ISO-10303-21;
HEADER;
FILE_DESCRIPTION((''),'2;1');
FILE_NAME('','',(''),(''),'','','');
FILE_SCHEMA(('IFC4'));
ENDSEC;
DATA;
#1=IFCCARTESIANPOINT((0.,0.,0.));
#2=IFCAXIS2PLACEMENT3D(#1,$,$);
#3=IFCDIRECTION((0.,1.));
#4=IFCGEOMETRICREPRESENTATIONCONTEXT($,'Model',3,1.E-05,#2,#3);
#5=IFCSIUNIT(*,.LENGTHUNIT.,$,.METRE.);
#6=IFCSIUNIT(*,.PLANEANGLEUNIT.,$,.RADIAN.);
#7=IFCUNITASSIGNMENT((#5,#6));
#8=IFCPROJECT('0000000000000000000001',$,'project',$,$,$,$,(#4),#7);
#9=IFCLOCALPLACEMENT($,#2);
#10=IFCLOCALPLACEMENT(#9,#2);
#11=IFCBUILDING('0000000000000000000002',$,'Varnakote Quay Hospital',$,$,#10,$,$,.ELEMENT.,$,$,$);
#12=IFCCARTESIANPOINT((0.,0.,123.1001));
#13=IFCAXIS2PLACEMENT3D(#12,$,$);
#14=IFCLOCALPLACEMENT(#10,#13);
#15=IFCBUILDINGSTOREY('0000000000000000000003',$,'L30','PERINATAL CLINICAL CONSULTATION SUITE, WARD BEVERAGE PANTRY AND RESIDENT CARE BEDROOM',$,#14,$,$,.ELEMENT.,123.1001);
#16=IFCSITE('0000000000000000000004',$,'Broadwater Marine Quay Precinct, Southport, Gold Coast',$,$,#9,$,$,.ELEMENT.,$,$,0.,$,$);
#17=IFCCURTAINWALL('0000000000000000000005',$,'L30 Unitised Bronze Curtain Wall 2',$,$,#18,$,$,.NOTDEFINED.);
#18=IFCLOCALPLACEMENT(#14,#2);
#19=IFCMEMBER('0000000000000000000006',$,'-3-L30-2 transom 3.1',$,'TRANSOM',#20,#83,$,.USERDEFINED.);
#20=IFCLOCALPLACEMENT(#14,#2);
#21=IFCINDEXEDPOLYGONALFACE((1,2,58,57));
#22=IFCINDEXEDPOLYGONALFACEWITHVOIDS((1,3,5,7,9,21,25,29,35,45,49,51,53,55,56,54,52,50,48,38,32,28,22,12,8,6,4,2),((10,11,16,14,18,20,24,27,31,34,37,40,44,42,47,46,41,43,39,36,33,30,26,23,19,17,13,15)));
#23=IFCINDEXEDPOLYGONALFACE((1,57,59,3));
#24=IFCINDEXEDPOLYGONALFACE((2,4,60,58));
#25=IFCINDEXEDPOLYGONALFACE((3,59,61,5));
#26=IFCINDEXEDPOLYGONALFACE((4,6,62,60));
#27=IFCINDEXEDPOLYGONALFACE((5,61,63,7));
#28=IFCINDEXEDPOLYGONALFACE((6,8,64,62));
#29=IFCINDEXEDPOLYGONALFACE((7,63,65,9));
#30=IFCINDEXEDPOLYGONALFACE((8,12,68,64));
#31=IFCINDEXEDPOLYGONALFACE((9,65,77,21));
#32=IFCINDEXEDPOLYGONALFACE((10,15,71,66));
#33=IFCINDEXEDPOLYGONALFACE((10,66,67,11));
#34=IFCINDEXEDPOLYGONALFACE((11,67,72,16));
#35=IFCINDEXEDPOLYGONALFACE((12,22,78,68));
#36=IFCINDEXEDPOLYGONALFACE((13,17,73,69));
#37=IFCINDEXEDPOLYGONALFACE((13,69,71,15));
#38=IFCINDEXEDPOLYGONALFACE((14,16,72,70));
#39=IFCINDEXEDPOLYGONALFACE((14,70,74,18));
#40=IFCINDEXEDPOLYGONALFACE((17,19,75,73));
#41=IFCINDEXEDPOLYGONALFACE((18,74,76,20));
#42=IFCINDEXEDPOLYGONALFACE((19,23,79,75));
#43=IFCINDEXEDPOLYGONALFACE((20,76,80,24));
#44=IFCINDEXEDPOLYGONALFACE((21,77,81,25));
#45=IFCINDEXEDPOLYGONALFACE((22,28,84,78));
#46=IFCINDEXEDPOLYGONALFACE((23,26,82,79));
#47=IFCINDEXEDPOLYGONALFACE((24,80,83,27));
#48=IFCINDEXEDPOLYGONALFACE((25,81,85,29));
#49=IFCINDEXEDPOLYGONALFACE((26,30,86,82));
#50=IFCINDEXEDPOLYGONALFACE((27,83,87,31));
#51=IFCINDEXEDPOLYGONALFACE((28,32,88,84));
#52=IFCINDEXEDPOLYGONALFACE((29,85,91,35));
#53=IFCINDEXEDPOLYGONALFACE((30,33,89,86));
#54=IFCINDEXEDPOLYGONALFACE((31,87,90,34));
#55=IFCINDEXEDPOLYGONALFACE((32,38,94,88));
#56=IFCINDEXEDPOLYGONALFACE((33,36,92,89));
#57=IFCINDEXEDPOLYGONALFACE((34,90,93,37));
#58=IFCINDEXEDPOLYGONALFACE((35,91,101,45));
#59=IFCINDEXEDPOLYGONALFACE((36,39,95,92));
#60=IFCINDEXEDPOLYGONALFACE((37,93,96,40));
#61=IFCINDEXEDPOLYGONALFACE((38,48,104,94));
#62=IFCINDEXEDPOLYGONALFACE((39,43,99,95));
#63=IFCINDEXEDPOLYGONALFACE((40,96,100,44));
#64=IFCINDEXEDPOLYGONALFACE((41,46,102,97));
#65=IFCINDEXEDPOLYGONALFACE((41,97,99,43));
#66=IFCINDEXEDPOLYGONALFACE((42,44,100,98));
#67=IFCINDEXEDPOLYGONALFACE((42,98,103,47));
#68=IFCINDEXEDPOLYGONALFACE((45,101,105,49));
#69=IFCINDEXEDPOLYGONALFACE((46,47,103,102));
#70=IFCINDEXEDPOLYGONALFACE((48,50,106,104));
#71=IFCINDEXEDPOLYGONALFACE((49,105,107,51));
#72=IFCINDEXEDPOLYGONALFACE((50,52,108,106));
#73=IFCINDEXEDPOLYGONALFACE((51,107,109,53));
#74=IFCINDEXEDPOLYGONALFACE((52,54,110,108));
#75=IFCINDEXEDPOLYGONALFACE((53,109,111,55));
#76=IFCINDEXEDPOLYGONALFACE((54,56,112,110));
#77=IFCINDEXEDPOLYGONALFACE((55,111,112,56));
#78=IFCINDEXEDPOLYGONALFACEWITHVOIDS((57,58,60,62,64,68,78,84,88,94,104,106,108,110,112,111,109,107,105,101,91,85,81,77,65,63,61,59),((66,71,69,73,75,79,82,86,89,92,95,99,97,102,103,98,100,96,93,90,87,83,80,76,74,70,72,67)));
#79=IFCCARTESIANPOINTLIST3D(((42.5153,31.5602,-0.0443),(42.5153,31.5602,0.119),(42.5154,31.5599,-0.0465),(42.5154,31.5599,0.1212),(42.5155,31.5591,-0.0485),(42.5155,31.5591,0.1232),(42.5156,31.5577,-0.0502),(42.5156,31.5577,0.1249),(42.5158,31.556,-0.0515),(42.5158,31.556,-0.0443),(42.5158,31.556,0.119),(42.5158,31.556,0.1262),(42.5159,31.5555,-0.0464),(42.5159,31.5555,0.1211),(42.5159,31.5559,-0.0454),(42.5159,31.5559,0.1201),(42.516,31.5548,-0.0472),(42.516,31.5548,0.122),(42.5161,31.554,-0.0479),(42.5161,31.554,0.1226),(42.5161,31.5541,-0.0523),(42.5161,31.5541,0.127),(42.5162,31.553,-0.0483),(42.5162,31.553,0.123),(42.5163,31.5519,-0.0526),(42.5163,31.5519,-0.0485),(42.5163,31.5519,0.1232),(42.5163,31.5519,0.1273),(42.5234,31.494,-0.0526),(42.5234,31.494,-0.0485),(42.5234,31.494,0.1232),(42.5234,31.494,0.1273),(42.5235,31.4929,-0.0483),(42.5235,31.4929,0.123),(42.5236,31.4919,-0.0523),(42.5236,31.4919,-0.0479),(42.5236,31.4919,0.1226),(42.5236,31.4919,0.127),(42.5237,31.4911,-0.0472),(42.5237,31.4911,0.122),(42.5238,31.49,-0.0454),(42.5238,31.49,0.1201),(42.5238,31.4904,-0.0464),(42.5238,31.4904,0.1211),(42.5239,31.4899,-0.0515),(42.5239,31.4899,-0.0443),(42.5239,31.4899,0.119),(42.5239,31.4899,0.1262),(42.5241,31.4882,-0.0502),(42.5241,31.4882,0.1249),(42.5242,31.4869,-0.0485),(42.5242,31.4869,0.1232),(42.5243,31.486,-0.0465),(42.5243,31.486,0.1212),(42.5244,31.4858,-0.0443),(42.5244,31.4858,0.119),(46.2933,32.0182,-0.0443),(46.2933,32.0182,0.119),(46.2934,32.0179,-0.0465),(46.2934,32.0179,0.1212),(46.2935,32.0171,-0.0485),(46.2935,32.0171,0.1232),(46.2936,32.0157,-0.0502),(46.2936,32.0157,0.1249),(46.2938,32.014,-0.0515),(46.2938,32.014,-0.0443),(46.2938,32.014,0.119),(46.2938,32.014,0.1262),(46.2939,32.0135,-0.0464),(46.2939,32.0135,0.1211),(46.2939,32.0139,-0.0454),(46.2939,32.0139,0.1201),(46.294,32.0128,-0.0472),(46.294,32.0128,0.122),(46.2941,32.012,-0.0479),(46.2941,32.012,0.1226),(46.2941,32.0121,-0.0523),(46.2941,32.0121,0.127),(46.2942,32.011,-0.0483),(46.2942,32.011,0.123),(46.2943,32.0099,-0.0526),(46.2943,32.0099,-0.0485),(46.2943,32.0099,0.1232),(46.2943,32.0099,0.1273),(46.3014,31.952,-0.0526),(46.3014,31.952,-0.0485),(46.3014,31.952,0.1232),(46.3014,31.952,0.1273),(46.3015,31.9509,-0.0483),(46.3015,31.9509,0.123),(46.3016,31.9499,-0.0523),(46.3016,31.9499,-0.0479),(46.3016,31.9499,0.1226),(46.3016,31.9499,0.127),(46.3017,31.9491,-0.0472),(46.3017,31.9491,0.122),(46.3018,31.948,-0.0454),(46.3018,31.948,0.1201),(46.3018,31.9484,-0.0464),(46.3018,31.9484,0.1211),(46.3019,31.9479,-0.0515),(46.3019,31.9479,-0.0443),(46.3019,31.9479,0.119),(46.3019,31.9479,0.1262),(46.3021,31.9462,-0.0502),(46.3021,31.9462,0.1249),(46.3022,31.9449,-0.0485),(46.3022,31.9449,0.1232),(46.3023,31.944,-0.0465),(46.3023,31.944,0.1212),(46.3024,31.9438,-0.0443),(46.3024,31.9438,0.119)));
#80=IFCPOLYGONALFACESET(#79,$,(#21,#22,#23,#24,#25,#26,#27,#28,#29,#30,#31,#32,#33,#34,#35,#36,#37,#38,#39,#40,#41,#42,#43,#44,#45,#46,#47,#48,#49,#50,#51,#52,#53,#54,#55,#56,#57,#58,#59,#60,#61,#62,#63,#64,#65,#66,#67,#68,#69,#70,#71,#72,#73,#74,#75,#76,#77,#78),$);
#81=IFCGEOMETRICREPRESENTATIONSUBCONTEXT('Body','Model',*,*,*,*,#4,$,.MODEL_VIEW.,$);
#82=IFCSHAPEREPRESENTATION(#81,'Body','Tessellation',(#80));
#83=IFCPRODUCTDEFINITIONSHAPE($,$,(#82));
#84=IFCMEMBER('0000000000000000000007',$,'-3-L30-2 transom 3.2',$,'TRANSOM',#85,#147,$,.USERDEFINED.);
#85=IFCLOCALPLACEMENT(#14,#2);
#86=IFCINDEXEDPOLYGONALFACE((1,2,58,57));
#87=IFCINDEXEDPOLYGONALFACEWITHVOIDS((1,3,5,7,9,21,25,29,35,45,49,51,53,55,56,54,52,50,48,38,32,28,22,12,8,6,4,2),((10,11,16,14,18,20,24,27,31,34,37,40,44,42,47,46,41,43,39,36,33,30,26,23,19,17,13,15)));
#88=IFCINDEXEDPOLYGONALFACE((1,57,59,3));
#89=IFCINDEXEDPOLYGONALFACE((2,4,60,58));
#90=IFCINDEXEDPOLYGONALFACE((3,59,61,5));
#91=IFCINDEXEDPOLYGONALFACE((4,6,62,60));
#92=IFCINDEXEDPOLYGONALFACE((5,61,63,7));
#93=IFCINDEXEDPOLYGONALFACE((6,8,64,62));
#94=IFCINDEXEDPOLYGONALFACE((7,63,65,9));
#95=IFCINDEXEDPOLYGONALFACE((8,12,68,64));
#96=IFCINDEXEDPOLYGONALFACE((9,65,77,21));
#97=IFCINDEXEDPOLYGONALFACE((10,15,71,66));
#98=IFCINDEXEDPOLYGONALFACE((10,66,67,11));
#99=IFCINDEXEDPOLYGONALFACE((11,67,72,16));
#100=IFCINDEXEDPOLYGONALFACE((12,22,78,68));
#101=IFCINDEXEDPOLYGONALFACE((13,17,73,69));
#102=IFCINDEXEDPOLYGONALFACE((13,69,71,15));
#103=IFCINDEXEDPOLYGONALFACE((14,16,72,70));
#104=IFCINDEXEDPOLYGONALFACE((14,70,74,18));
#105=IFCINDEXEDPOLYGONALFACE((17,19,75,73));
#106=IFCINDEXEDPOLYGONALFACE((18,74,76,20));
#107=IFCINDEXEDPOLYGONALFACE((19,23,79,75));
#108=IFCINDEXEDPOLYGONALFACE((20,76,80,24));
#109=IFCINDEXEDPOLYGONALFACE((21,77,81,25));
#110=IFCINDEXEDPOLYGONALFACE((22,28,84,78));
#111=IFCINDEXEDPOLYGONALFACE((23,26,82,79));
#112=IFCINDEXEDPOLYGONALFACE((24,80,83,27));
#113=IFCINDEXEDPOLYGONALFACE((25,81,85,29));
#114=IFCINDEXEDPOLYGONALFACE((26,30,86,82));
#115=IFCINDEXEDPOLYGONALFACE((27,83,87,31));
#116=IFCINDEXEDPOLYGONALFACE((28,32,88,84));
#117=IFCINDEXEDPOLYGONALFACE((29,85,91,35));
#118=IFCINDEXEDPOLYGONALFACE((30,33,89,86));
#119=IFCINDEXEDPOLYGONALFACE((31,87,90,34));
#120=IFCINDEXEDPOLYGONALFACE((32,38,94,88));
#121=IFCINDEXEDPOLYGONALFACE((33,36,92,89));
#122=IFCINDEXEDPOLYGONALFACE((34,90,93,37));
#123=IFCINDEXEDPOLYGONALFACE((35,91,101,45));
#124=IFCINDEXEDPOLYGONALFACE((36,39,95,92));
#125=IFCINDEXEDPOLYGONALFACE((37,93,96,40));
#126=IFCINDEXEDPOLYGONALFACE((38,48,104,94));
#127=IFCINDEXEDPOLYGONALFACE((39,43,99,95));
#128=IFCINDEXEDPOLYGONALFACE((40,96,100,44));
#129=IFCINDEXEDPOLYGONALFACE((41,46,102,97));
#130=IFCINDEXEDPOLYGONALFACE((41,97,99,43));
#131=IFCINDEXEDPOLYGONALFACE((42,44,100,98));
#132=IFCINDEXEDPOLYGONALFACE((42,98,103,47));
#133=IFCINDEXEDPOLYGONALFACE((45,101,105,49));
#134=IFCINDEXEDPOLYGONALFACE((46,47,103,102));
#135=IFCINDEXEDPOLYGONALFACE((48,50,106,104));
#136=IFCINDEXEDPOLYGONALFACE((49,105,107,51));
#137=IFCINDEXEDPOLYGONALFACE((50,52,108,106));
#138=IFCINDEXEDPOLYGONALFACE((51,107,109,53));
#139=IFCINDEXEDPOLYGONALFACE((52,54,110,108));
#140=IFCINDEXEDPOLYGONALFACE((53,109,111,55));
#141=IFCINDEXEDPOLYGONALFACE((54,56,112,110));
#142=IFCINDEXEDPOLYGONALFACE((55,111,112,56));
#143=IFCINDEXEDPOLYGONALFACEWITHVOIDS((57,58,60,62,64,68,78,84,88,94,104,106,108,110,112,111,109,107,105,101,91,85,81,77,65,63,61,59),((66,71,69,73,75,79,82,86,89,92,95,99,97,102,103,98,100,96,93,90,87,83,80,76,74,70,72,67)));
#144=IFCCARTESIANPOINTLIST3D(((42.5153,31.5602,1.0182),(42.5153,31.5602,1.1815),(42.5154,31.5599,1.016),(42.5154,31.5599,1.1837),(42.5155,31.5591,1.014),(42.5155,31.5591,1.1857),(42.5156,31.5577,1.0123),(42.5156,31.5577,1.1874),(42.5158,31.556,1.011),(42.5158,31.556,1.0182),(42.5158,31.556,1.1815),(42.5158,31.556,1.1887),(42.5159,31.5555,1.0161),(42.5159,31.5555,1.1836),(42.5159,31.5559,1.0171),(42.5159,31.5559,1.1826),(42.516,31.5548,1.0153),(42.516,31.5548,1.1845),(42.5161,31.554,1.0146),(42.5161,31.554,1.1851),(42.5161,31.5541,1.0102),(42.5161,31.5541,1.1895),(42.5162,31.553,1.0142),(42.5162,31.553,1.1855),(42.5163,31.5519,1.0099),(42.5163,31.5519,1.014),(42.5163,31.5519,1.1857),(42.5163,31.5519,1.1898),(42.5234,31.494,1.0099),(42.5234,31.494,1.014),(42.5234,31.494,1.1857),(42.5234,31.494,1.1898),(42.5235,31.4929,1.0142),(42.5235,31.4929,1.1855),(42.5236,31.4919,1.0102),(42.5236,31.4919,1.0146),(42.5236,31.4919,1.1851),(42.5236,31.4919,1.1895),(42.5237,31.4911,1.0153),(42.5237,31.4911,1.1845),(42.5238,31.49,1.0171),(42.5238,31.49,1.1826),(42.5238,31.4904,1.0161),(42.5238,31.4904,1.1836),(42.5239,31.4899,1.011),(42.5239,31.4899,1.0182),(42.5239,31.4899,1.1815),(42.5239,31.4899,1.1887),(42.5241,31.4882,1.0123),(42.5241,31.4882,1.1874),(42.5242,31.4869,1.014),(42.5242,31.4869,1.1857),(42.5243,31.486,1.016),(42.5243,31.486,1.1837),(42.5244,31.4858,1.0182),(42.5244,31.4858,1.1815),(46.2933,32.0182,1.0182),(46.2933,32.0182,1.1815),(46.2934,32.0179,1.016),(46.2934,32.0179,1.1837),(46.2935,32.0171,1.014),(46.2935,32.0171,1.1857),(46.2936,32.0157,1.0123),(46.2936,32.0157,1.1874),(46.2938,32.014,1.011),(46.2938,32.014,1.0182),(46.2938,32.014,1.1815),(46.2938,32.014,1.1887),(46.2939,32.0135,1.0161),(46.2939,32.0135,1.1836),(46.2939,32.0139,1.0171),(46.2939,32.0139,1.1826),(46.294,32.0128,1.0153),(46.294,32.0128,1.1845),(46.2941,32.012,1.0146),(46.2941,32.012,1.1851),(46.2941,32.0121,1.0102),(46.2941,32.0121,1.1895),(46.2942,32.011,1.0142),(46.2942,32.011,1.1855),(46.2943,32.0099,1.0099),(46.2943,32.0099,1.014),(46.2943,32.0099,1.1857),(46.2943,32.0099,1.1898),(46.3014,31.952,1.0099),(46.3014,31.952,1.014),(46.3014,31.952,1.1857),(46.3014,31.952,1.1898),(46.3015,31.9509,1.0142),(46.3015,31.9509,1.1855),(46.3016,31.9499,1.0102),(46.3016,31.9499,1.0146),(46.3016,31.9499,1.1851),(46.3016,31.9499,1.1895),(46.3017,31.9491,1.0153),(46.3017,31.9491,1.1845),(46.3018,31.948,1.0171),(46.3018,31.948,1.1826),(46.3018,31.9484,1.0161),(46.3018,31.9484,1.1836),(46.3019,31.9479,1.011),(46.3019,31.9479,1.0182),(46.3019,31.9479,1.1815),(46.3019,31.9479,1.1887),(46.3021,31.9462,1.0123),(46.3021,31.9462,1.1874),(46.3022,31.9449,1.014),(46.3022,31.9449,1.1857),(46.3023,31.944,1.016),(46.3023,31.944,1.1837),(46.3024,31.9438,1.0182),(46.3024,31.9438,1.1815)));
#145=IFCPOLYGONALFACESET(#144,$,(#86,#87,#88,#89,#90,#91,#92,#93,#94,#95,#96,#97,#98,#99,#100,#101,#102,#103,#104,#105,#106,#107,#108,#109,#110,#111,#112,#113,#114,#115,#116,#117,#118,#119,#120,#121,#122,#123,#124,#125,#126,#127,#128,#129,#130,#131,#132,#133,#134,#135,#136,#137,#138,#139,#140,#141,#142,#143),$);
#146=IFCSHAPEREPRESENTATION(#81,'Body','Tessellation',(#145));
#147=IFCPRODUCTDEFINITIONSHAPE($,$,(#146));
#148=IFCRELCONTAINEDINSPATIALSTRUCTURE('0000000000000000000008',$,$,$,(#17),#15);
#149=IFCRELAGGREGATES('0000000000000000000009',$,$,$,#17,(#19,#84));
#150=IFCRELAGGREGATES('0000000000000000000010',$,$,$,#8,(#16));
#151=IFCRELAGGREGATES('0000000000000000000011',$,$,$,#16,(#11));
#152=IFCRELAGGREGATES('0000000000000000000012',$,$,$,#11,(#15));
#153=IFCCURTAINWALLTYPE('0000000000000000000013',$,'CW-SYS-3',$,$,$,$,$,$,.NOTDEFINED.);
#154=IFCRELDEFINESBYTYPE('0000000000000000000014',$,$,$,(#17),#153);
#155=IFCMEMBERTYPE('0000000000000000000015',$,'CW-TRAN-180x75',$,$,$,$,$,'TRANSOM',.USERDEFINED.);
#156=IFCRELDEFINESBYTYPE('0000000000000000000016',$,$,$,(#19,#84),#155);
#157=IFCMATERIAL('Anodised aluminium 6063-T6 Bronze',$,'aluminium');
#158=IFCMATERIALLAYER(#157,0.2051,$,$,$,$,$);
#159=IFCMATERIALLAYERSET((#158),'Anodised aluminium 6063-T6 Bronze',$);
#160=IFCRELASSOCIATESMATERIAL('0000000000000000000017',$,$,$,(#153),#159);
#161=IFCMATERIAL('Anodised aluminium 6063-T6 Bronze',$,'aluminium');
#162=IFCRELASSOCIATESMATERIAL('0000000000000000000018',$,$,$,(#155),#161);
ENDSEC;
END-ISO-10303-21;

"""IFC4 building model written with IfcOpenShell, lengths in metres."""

from ifc_helpers import new_model, si_unit, direction, frame, origin, origin_2d, place, context, subcontext, project, spatial, hollow_rectangle, extrude, material, layer, layer_set, material_profile, profile_set, type_object, element, aggregate, save


model = new_model("IFC4")

# Units and contexts
model_context = context("Model", 3, precision=1e-05, world=origin(), true_north=direction((0.0, 1.0)))
body_context = subcontext(model_context, "Body", "Model", "MODEL_VIEW")
ifc_project = project(units=[si_unit("LENGTHUNIT", "METRE"), si_unit("PLANEANGLEUNIT", "RADIAN")], contexts=[model_context])

# Site, building, storey
site_placement = place(None, origin())
site = spatial("IfcSite", under=ifc_project, at=site_placement, Name="Broadwater Marine Quay Precinct, Southport, Gold Coast", CompositionType="ELEMENT", RefElevation=0.0)
building_placement = place(site_placement, origin())
building = spatial("IfcBuilding", under=site, at=building_placement, Name="Varnakote Quay Hospital", CompositionType="ELEMENT")
storey_placement = place(building_placement, frame((0.0, 0.0, 123.1001)))
storey = spatial("IfcBuildingStorey", under=building, at=storey_placement, Name="L30", Description="PERINATAL CLINICAL CONSULTATION SUITE, WARD BEVERAGE PANTRY AND RESIDENT CARE BEDROOM", CompositionType="ELEMENT", Elevation=123.1001)

# Curtain wall, members
ifc_material_1 = material(Name="Anodised aluminium 6063-T6 Bronze", Category="aluminium")
ifc_layer_1 = layer(ifc_material_1, 0.2051)
ifc_layer_set_1 = layer_set([ifc_layer_1], Name="Anodised aluminium 6063-T6 Bronze")
curtain_wall_type = type_object("IfcCurtainWallType", Name="CW-SYS-3", PredefinedType="NOTDEFINED", material=ifc_layer_set_1)
curtain_wall_placement = place(storey_placement, origin())
curtain_wall = element("IfcCurtainWall", 1, at=curtain_wall_placement, inside=storey, type_object=curtain_wall_type, Name="L30 Unitised Bronze Curtain Wall 2", PredefinedType="NOTDEFINED")
ifc_material_2 = material(Name="Anodised aluminium 6063-T6 Bronze", Category="aluminium")
ifc_material_profile_1 = material_profile(ifc_material_2, hollow_rectangle(XDim=0.075, YDim=0.1799, WallThickness=0.0042, InnerFilletRadius=0.0042, OuterFilletRadius=0.0083, at=origin_2d()), Name="CW-TRAN-180x75")
ifc_profile_set_1 = profile_set([ifc_material_profile_1], Name="Anodised aluminium 6063-T6 Bronze")
member_type_1 = type_object("IfcMemberType", Name="CW-TRAN-180x75", ElementType="TRANSOM", PredefinedType="USERDEFINED", material=ifc_profile_set_1)
member_1_placement = place(storey_placement, frame((46.2979, 31.981, 0.0374), z_axis=(-0.992732, -0.120347, 0.0), x_axis=(0.120347, -0.992732, 0.0)))
member_1 = element("IfcMember", 2, at=member_1_placement, type_object=member_type_1, Name="-3-L30-2 transom 3.1", ObjectType="TRANSOM", PredefinedType="USERDEFINED", context=body_context, shape_type="SweptSolid", body=[
    extrude(hollow_rectangle(XDim=0.075, YDim=0.1799, WallThickness=0.0042, InnerFilletRadius=0.0042, OuterFilletRadius=0.0083, at=origin_2d()), origin(), (0.0, 0.0, 1.0), 3.8057),
])
member_2_placement = place(storey_placement, frame((46.2979, 31.981, 1.0999), z_axis=(-0.992732, -0.120347, 0.0), x_axis=(0.120347, -0.992732, 0.0)))
member_2 = element("IfcMember", 3, at=member_2_placement, type_object=member_type_1, Name="-3-L30-2 transom 3.2", ObjectType="TRANSOM", PredefinedType="USERDEFINED", context=body_context, shape_type="SweptSolid", body=[
    extrude(hollow_rectangle(XDim=0.075, YDim=0.1799, WallThickness=0.0042, InnerFilletRadius=0.0042, OuterFilletRadius=0.0083, at=origin_2d()), origin(), (0.0, 0.0, 1.0), 3.8057),
])

aggregate(curtain_wall, [member_1, member_2])

save(model, "model.ifc")
